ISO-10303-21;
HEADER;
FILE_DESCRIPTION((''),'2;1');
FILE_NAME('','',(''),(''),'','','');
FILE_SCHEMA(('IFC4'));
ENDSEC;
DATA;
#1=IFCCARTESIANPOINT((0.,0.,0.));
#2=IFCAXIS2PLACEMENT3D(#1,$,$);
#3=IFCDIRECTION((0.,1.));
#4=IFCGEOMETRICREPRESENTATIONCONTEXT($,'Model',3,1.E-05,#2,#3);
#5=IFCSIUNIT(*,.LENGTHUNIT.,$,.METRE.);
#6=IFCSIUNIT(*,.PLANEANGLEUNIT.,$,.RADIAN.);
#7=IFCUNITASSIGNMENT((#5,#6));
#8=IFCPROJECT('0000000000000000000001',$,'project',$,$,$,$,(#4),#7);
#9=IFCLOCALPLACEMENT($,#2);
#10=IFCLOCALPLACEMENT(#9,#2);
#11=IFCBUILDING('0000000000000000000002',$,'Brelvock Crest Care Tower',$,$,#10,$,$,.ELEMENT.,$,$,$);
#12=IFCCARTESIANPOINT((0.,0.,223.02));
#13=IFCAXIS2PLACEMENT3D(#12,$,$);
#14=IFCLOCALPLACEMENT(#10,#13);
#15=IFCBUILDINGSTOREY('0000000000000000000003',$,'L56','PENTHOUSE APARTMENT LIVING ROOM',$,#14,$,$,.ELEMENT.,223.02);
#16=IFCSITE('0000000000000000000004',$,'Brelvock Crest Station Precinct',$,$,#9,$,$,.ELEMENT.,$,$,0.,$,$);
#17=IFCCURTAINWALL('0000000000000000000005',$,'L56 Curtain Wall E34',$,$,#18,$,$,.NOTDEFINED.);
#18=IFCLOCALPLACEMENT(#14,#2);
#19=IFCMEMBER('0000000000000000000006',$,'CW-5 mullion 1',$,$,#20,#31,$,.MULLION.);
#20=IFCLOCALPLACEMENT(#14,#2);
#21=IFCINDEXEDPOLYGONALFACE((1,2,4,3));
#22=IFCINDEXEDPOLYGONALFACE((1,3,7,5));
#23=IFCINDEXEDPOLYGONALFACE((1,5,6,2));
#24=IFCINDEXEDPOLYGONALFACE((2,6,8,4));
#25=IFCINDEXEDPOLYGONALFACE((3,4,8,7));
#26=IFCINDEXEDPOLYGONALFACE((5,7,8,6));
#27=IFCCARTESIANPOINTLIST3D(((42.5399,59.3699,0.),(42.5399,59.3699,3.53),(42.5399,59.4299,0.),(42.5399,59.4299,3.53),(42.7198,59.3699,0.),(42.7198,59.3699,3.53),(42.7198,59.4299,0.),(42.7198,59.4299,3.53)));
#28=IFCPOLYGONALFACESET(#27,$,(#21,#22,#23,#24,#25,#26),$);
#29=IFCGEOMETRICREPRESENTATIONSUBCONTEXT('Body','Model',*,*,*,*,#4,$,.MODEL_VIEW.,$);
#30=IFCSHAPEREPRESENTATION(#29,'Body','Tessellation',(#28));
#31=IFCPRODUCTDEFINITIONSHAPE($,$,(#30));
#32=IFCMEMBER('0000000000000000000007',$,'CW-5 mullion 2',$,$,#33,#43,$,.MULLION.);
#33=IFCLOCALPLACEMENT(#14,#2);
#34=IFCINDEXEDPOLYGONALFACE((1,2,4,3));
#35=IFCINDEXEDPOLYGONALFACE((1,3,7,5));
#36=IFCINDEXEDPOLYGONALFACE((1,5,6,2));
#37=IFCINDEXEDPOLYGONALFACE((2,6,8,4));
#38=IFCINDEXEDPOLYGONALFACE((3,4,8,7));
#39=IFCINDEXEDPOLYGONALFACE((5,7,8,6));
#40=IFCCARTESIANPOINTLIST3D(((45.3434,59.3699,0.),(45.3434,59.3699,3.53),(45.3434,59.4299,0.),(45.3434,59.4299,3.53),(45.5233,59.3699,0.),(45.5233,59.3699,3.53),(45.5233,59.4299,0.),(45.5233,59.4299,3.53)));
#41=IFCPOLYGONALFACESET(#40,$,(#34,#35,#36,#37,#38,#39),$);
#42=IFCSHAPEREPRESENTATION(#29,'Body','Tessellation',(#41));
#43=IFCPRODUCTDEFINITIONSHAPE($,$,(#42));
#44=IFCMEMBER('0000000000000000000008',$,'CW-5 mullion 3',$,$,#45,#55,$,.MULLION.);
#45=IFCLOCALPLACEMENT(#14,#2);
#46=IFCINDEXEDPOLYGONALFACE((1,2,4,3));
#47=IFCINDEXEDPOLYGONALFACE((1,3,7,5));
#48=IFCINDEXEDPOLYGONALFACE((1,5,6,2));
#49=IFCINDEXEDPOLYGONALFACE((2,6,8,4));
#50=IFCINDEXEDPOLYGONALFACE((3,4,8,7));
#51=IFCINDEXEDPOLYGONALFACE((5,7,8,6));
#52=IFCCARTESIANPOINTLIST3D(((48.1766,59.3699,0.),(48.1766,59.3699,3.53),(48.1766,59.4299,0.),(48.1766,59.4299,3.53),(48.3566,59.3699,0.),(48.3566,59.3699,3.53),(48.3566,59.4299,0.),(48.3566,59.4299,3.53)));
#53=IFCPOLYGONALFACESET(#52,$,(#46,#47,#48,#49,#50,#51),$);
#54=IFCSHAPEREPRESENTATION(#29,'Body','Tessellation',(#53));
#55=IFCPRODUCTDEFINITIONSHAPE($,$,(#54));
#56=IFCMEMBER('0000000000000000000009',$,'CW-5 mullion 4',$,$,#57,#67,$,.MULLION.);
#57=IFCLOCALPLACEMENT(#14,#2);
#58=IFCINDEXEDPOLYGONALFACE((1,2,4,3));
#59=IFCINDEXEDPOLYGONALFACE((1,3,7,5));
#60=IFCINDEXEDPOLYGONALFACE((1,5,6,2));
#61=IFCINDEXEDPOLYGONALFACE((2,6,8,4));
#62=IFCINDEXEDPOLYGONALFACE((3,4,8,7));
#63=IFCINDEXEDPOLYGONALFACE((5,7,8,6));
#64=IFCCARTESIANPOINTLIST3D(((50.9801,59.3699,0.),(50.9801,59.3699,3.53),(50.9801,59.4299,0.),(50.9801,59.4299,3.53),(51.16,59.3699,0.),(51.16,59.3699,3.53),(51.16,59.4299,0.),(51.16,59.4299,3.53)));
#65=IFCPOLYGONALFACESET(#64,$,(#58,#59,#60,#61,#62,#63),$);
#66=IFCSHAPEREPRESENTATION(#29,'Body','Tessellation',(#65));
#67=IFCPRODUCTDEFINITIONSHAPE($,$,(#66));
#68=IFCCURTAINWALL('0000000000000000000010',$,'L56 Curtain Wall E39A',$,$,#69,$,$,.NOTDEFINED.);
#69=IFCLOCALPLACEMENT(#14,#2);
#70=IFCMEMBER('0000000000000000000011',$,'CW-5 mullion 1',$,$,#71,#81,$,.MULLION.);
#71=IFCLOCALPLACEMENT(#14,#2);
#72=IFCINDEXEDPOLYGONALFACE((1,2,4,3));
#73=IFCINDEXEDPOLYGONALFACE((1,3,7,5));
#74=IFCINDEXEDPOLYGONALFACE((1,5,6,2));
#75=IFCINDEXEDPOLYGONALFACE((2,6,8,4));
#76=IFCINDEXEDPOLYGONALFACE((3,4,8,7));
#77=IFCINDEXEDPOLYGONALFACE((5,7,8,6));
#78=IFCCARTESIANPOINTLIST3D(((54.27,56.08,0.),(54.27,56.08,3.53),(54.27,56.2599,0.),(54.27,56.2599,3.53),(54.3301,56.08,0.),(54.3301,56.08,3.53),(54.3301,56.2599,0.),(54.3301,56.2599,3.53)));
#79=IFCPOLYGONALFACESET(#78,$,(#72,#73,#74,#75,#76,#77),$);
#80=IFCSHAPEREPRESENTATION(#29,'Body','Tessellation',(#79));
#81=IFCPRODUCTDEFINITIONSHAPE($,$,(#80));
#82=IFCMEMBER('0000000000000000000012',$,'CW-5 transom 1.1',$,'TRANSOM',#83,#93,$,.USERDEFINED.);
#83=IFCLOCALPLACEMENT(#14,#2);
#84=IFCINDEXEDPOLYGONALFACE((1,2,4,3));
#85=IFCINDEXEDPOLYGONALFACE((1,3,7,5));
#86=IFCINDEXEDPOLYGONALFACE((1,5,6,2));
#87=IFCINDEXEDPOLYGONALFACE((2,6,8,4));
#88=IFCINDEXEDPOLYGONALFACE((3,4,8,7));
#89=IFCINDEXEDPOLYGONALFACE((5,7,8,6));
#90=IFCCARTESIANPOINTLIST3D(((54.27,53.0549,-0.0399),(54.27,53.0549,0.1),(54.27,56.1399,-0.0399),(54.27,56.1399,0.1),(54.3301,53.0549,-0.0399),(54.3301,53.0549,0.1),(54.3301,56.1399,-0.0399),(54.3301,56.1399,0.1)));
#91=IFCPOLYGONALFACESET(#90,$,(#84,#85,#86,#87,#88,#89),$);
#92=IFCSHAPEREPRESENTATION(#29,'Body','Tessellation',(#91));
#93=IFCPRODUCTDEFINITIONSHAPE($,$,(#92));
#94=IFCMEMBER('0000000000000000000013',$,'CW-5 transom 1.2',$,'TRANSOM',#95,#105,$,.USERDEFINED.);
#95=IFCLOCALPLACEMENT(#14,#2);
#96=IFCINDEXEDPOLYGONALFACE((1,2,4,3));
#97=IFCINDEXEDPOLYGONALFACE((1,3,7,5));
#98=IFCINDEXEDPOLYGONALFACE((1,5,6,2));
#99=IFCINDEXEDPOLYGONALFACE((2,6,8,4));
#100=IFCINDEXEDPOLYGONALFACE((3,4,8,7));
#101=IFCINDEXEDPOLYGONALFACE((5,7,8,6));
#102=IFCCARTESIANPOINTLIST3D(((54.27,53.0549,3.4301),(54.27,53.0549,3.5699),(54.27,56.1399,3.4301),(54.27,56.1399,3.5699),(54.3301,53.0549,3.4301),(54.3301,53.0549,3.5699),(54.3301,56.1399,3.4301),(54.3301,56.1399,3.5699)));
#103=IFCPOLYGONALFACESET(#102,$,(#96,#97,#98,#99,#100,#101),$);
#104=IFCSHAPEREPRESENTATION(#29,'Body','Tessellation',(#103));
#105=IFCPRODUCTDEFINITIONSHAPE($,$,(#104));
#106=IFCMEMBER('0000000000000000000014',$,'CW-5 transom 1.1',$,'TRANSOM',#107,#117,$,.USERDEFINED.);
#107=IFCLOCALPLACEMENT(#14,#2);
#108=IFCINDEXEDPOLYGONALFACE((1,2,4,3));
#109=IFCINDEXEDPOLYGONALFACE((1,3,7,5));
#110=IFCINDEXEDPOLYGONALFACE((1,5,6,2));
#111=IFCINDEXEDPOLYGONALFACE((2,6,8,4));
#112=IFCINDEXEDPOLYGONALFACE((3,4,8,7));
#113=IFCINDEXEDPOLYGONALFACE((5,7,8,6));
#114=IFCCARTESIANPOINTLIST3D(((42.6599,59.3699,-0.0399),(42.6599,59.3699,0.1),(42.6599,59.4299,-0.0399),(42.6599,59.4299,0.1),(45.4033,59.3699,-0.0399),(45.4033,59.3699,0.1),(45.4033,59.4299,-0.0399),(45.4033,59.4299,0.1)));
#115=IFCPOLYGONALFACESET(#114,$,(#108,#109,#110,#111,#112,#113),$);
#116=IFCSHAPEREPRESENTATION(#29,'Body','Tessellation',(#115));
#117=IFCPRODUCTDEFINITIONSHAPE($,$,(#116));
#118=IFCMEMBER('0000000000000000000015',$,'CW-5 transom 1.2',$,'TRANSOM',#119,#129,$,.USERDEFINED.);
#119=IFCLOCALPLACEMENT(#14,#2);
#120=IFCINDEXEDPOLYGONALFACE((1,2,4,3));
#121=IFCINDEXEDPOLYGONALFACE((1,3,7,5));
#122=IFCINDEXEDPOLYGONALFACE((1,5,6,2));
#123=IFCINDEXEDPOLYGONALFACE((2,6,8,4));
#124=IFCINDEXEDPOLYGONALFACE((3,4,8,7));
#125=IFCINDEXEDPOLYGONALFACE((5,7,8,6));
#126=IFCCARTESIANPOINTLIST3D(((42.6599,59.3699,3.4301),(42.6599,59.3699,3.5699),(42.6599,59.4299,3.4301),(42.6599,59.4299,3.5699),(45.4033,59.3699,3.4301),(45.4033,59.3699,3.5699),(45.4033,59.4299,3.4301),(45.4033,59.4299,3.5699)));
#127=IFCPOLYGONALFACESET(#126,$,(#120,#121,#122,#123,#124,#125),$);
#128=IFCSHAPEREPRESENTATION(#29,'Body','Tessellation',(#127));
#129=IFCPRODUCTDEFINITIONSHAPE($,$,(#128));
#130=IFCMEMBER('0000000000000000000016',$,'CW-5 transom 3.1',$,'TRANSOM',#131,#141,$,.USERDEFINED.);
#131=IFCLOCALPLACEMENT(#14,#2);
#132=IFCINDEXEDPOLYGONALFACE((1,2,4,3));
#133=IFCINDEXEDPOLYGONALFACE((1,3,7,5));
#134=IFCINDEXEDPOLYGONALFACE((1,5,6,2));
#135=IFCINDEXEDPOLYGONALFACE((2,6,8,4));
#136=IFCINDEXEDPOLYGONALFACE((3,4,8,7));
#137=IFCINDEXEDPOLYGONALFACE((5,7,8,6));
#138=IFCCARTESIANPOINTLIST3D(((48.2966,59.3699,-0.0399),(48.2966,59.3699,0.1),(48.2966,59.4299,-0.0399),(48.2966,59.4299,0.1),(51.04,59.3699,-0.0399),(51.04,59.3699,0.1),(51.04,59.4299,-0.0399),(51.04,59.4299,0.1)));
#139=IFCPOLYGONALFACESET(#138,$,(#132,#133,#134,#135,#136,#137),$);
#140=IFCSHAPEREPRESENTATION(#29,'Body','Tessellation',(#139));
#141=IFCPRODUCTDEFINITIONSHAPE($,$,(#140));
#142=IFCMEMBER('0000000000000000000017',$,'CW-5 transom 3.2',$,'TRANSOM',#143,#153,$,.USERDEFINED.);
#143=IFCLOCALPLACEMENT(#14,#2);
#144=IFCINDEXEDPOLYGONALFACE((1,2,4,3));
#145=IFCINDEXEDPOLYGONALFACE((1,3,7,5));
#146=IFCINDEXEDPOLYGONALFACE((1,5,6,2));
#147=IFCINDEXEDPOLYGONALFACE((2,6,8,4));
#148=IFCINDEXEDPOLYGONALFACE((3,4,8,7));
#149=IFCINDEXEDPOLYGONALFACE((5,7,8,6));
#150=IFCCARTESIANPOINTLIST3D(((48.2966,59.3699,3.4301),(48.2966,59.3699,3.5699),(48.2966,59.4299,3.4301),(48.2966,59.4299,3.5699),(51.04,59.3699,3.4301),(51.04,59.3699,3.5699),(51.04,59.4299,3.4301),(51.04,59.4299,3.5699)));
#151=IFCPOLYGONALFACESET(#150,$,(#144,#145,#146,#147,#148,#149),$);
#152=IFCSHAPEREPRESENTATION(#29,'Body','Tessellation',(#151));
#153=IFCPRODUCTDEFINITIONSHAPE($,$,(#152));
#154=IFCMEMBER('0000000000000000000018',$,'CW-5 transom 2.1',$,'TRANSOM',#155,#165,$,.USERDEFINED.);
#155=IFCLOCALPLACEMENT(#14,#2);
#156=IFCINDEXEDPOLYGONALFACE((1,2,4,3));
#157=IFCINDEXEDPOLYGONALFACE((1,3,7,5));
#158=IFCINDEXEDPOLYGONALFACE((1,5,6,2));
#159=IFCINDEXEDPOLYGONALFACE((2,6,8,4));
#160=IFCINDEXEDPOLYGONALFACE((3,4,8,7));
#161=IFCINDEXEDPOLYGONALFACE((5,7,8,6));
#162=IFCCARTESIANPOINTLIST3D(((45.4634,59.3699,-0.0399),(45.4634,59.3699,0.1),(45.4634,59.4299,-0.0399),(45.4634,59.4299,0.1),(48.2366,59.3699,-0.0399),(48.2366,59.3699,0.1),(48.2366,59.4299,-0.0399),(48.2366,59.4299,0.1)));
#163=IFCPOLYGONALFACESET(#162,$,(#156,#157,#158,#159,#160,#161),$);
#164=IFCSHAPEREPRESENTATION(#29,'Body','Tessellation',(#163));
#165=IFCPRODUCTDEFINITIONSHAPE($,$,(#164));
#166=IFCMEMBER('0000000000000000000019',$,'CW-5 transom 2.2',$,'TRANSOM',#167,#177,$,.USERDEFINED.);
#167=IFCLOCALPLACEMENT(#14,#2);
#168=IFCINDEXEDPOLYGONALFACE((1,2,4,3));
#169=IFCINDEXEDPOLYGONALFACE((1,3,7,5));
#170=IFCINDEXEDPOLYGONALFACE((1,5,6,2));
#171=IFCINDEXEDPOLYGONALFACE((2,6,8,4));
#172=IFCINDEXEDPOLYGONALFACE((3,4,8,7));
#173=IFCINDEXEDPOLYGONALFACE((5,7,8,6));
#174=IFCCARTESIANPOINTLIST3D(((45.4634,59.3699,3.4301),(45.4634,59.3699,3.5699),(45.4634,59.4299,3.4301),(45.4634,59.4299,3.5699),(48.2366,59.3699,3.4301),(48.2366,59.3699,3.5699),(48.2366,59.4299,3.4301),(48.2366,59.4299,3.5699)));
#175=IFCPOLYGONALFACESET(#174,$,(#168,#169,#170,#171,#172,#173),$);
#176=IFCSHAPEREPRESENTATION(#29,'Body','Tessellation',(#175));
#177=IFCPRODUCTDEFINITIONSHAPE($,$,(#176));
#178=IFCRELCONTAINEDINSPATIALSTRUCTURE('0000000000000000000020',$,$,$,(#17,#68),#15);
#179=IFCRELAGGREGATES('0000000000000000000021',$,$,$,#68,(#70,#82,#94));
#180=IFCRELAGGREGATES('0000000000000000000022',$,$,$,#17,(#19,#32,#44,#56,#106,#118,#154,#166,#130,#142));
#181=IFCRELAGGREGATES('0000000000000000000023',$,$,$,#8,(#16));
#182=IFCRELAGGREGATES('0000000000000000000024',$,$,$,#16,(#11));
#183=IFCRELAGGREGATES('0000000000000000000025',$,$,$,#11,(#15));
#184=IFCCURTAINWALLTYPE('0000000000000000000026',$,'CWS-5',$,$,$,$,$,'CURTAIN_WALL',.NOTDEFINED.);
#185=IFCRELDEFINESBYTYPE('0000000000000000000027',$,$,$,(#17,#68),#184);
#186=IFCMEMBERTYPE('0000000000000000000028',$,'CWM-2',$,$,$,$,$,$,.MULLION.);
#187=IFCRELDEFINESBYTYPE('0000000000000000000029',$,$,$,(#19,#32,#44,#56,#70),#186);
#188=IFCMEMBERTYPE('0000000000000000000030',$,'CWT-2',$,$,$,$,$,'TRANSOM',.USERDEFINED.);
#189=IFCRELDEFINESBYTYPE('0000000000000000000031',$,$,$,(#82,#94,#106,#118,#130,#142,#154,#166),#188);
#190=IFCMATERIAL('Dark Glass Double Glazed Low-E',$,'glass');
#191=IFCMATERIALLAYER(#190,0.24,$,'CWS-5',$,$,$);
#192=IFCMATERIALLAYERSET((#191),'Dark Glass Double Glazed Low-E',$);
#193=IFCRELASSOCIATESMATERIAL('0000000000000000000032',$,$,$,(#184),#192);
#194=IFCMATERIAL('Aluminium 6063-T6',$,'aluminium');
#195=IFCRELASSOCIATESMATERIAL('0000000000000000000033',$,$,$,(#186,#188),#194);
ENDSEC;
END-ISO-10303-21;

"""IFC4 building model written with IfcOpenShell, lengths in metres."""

from ifc_helpers import new_model, si_unit, direction, frame, origin, origin_2d, place, context, subcontext, project, spatial, rectangle, extrude, source, transform, mapped, material, layer, layer_set, material_profile, profile_set, type_object, element, aggregate, save


model = new_model("IFC4")

# Units and contexts
model_context = context("Model", 3, precision=1e-05, world=origin(), true_north=direction((0.0, 1.0)))
body_context = subcontext(model_context, "Body", "Model", "MODEL_VIEW")
ifc_project = project(units=[si_unit("LENGTHUNIT", "METRE"), si_unit("PLANEANGLEUNIT", "RADIAN")], contexts=[model_context])

# Site, building, storey
site_placement = place(None, origin())
site = spatial("IfcSite", under=ifc_project, at=site_placement, Name="Brelvock Crest Station Precinct", CompositionType="ELEMENT", RefElevation=0.0)
building_placement = place(site_placement, origin())
building = spatial("IfcBuilding", under=site, at=building_placement, Name="Brelvock Crest Care Tower", CompositionType="ELEMENT")
storey_placement = place(building_placement, frame((0.0, 0.0, 223.02)))
storey = spatial("IfcBuildingStorey", under=building, at=storey_placement, Name="L56", Description="PENTHOUSE APARTMENT LIVING ROOM", CompositionType="ELEMENT", Elevation=223.02)

# Curtain walls, members
ifc_material_1 = material(Name="Dark Glass Double Glazed Low-E", Category="glass")
ifc_layer_1 = layer(ifc_material_1, 0.24, Name="CWS-5")
ifc_layer_set_1 = layer_set([ifc_layer_1], Name="Dark Glass Double Glazed Low-E")
curtain_wall_type = type_object("IfcCurtainWallType", Name="CWS-5", ElementType="CURTAIN_WALL", PredefinedType="NOTDEFINED", material=ifc_layer_set_1)
curtain_wall_1_placement = place(storey_placement, origin())
curtain_wall_1 = element("IfcCurtainWall", 1, at=curtain_wall_1_placement, inside=storey, type_object=curtain_wall_type, Name="L56 Curtain Wall E34", PredefinedType="NOTDEFINED")
ifc_material_2 = material(Name="Aluminium 6063-T6", Category="aluminium")
ifc_material_profile_1 = material_profile(ifc_material_2, rectangle(XDim=0.0601, YDim=0.1799, at=origin_2d()), Name="ALU60x180")
ifc_profile_set_1 = profile_set([ifc_material_profile_1], Name="Aluminium 6063-T6")
member_type_1 = type_object("IfcMemberType", Name="CWM-2", PredefinedType="MULLION", material=ifc_profile_set_1)
shared_shape_1 = source(origin(), body_context, "Body", "SweptSolid", [
    extrude(rectangle(XDim=0.0601, YDim=0.1799, at=origin_2d()), origin(), (0.0, 0.0, 1.0), 3.53),
])
member_1_placement = place(storey_placement, frame((42.6299, 59.3999, 0.0), z_axis=(0.0, 0.0, 1.0), x_axis=(0.0, 1.0, 0.0)))
member_1 = element("IfcMember", 2, at=member_1_placement, type_object=member_type_1, Name="CW-5 mullion 1", PredefinedType="MULLION", context=body_context, shape_type="MappedRepresentation", body=[
    mapped(shared_shape_1, transform((0.0, 0.0, 0.0), x_axis=(1.0, 0.0, 0.0), y_axis=(0.0, 1.0, 0.0), z_axis=(0.0, 0.0, 1.0), scale=1.0)),
])
member_2_placement = place(storey_placement, frame((45.4333, 59.3999, 0.0), z_axis=(0.0, 0.0, 1.0), x_axis=(0.0, 1.0, 0.0)))
member_2 = element("IfcMember", 3, at=member_2_placement, type_object=member_type_1, Name="CW-5 mullion 2", PredefinedType="MULLION", context=body_context, shape_type="MappedRepresentation", body=[
    mapped(shared_shape_1, transform((0.0, 0.0, 0.0), x_axis=(1.0, 0.0, 0.0), y_axis=(0.0, 1.0, 0.0), z_axis=(0.0, 0.0, 1.0), scale=1.0)),
])
member_3_placement = place(storey_placement, frame((48.2666, 59.3999, 0.0), z_axis=(0.0, 0.0, 1.0), x_axis=(0.0, 1.0, 0.0)))
member_3 = element("IfcMember", 4, at=member_3_placement, type_object=member_type_1, Name="CW-5 mullion 3", PredefinedType="MULLION", context=body_context, shape_type="MappedRepresentation", body=[
    mapped(shared_shape_1, transform((0.0, 0.0, 0.0), x_axis=(1.0, 0.0, 0.0), y_axis=(0.0, 1.0, 0.0), z_axis=(0.0, 0.0, 1.0), scale=1.0)),
])
member_4_placement = place(storey_placement, frame((51.0701, 59.3999, 0.0), z_axis=(0.0, 0.0, 1.0), x_axis=(0.0, 1.0, 0.0)))
member_4 = element("IfcMember", 5, at=member_4_placement, type_object=member_type_1, Name="CW-5 mullion 4", PredefinedType="MULLION", context=body_context, shape_type="MappedRepresentation", body=[
    mapped(shared_shape_1, transform((0.0, 0.0, 0.0), x_axis=(1.0, 0.0, 0.0), y_axis=(0.0, 1.0, 0.0), z_axis=(0.0, 0.0, 1.0), scale=1.0)),
])
curtain_wall_2_placement = place(storey_placement, origin())
curtain_wall_2 = element("IfcCurtainWall", 6, at=curtain_wall_2_placement, inside=storey, type_object=curtain_wall_type, Name="L56 Curtain Wall E39A", PredefinedType="NOTDEFINED")
member_5_placement = place(storey_placement, frame((54.3, 56.1699, 0.0), z_axis=(0.0, 0.0, 1.0), x_axis=(1.0, 0.0, 0.0)))
member_5 = element("IfcMember", 7, at=member_5_placement, type_object=member_type_1, Name="CW-5 mullion 1", PredefinedType="MULLION", context=body_context, shape_type="MappedRepresentation", body=[
    mapped(shared_shape_1, transform((0.0, 0.0, 0.0), x_axis=(1.0, 0.0, 0.0), y_axis=(0.0, 1.0, 0.0), z_axis=(0.0, 0.0, 1.0), scale=1.0)),
])
ifc_material_profile_2 = material_profile(ifc_material_2, rectangle(XDim=0.0601, YDim=0.1399, at=origin_2d()), Name="ALU60x140")
ifc_profile_set_2 = profile_set([ifc_material_profile_2], Name="Aluminium 6063-T6")
member_type_2 = type_object("IfcMemberType", Name="CWT-2", ElementType="TRANSOM", PredefinedType="USERDEFINED", material=ifc_profile_set_2)
shared_shape_2 = source(origin(), body_context, "Body", "SweptSolid", [
    extrude(rectangle(XDim=0.0601, YDim=0.1399, at=origin_2d()), origin(), (0.0, 0.0, 1.0), 3.085),
])
member_6_placement = place(storey_placement, frame((54.3, 56.1399, 0.03), z_axis=(0.0, -1.0, 0.0), x_axis=(1.0, 0.0, 0.0)))
member_6 = element("IfcMember", 8, at=member_6_placement, type_object=member_type_2, Name="CW-5 transom 1.1", ObjectType="TRANSOM", PredefinedType="USERDEFINED", context=body_context, shape_type="MappedRepresentation", body=[
    mapped(shared_shape_2, transform((0.0, 0.0, 0.0), x_axis=(1.0, 0.0, 0.0), y_axis=(0.0, 1.0, 0.0), z_axis=(0.0, 0.0, 1.0), scale=1.0)),
])
member_7_placement = place(storey_placement, frame((54.3, 56.1399, 3.5), z_axis=(0.0, -1.0, 0.0), x_axis=(1.0, 0.0, 0.0)))
member_7 = element("IfcMember", 9, at=member_7_placement, type_object=member_type_2, Name="CW-5 transom 1.2", ObjectType="TRANSOM", PredefinedType="USERDEFINED", context=body_context, shape_type="MappedRepresentation", body=[
    mapped(shared_shape_2, transform((0.0, 0.0, 0.0), x_axis=(1.0, 0.0, 0.0), y_axis=(0.0, 1.0, 0.0), z_axis=(0.0, 0.0, 1.0), scale=1.0)),
])

# Members
shared_shape_3 = source(origin(), body_context, "Body", "SweptSolid", [
    extrude(rectangle(XDim=0.0601, YDim=0.1399, at=origin_2d()), origin(), (0.0, 0.0, 1.0), 2.7434),
])
member_8_placement = place(storey_placement, frame((42.6599, 59.3999, 0.03), z_axis=(1.0, 0.0, 0.0), x_axis=(0.0, 1.0, 0.0)))
member_8 = element("IfcMember", 10, at=member_8_placement, type_object=member_type_2, Name="CW-5 transom 1.1", ObjectType="TRANSOM", PredefinedType="USERDEFINED", context=body_context, shape_type="MappedRepresentation", body=[
    mapped(shared_shape_3, transform((0.0, 0.0, 0.0), x_axis=(1.0, 0.0, 0.0), y_axis=(0.0, 1.0, 0.0), z_axis=(0.0, 0.0, 1.0), scale=1.0)),
])
member_9_placement = place(storey_placement, frame((42.6599, 59.3999, 3.5), z_axis=(1.0, 0.0, 0.0), x_axis=(0.0, 1.0, 0.0)))
member_9 = element("IfcMember", 11, at=member_9_placement, type_object=member_type_2, Name="CW-5 transom 1.2", ObjectType="TRANSOM", PredefinedType="USERDEFINED", context=body_context, shape_type="MappedRepresentation", body=[
    mapped(shared_shape_3, transform((0.0, 0.0, 0.0), x_axis=(1.0, 0.0, 0.0), y_axis=(0.0, 1.0, 0.0), z_axis=(0.0, 0.0, 1.0), scale=1.0)),
])
member_10_placement = place(storey_placement, frame((48.2966, 59.3999, 0.03), z_axis=(1.0, 0.0, 0.0), x_axis=(0.0, 1.0, 0.0)))
member_10 = element("IfcMember", 12, at=member_10_placement, type_object=member_type_2, Name="CW-5 transom 3.1", ObjectType="TRANSOM", PredefinedType="USERDEFINED", context=body_context, shape_type="MappedRepresentation", body=[
    mapped(shared_shape_3, transform((0.0, 0.0, 0.0), x_axis=(1.0, 0.0, 0.0), y_axis=(0.0, 1.0, 0.0), z_axis=(0.0, 0.0, 1.0), scale=1.0)),
])
member_11_placement = place(storey_placement, frame((48.2966, 59.3999, 3.5), z_axis=(1.0, 0.0, 0.0), x_axis=(0.0, 1.0, 0.0)))
member_11 = element("IfcMember", 13, at=member_11_placement, type_object=member_type_2, Name="CW-5 transom 3.2", ObjectType="TRANSOM", PredefinedType="USERDEFINED", context=body_context, shape_type="MappedRepresentation", body=[
    mapped(shared_shape_3, transform((0.0, 0.0, 0.0), x_axis=(1.0, 0.0, 0.0), y_axis=(0.0, 1.0, 0.0), z_axis=(0.0, 0.0, 1.0), scale=1.0)),
])
shared_shape_4 = source(origin(), body_context, "Body", "SweptSolid", [
    extrude(rectangle(XDim=0.0601, YDim=0.1399, at=origin_2d()), origin(), (0.0, 0.0, 1.0), 2.7732),
])
member_12_placement = place(storey_placement, frame((45.4634, 59.3999, 0.03), z_axis=(1.0, 0.0, 0.0), x_axis=(0.0, 1.0, 0.0)))
member_12 = element("IfcMember", 14, at=member_12_placement, type_object=member_type_2, Name="CW-5 transom 2.1", ObjectType="TRANSOM", PredefinedType="USERDEFINED", context=body_context, shape_type="MappedRepresentation", body=[
    mapped(shared_shape_4, transform((0.0, 0.0, 0.0), x_axis=(1.0, 0.0, 0.0), y_axis=(0.0, 1.0, 0.0), z_axis=(0.0, 0.0, 1.0), scale=1.0)),
])
member_13_placement = place(storey_placement, frame((45.4634, 59.3999, 3.5), z_axis=(1.0, 0.0, 0.0), x_axis=(0.0, 1.0, 0.0)))
member_13 = element("IfcMember", 15, at=member_13_placement, type_object=member_type_2, Name="CW-5 transom 2.2", ObjectType="TRANSOM", PredefinedType="USERDEFINED", context=body_context, shape_type="MappedRepresentation", body=[
    mapped(shared_shape_4, transform((0.0, 0.0, 0.0), x_axis=(1.0, 0.0, 0.0), y_axis=(0.0, 1.0, 0.0), z_axis=(0.0, 0.0, 1.0), scale=1.0)),
])

aggregate(curtain_wall_2, [member_5, member_6, member_7])
aggregate(curtain_wall_1, [member_1, member_2, member_3, member_4, member_8, member_9, member_12, member_13, member_10, member_11])

save(model, "model.ifc")
